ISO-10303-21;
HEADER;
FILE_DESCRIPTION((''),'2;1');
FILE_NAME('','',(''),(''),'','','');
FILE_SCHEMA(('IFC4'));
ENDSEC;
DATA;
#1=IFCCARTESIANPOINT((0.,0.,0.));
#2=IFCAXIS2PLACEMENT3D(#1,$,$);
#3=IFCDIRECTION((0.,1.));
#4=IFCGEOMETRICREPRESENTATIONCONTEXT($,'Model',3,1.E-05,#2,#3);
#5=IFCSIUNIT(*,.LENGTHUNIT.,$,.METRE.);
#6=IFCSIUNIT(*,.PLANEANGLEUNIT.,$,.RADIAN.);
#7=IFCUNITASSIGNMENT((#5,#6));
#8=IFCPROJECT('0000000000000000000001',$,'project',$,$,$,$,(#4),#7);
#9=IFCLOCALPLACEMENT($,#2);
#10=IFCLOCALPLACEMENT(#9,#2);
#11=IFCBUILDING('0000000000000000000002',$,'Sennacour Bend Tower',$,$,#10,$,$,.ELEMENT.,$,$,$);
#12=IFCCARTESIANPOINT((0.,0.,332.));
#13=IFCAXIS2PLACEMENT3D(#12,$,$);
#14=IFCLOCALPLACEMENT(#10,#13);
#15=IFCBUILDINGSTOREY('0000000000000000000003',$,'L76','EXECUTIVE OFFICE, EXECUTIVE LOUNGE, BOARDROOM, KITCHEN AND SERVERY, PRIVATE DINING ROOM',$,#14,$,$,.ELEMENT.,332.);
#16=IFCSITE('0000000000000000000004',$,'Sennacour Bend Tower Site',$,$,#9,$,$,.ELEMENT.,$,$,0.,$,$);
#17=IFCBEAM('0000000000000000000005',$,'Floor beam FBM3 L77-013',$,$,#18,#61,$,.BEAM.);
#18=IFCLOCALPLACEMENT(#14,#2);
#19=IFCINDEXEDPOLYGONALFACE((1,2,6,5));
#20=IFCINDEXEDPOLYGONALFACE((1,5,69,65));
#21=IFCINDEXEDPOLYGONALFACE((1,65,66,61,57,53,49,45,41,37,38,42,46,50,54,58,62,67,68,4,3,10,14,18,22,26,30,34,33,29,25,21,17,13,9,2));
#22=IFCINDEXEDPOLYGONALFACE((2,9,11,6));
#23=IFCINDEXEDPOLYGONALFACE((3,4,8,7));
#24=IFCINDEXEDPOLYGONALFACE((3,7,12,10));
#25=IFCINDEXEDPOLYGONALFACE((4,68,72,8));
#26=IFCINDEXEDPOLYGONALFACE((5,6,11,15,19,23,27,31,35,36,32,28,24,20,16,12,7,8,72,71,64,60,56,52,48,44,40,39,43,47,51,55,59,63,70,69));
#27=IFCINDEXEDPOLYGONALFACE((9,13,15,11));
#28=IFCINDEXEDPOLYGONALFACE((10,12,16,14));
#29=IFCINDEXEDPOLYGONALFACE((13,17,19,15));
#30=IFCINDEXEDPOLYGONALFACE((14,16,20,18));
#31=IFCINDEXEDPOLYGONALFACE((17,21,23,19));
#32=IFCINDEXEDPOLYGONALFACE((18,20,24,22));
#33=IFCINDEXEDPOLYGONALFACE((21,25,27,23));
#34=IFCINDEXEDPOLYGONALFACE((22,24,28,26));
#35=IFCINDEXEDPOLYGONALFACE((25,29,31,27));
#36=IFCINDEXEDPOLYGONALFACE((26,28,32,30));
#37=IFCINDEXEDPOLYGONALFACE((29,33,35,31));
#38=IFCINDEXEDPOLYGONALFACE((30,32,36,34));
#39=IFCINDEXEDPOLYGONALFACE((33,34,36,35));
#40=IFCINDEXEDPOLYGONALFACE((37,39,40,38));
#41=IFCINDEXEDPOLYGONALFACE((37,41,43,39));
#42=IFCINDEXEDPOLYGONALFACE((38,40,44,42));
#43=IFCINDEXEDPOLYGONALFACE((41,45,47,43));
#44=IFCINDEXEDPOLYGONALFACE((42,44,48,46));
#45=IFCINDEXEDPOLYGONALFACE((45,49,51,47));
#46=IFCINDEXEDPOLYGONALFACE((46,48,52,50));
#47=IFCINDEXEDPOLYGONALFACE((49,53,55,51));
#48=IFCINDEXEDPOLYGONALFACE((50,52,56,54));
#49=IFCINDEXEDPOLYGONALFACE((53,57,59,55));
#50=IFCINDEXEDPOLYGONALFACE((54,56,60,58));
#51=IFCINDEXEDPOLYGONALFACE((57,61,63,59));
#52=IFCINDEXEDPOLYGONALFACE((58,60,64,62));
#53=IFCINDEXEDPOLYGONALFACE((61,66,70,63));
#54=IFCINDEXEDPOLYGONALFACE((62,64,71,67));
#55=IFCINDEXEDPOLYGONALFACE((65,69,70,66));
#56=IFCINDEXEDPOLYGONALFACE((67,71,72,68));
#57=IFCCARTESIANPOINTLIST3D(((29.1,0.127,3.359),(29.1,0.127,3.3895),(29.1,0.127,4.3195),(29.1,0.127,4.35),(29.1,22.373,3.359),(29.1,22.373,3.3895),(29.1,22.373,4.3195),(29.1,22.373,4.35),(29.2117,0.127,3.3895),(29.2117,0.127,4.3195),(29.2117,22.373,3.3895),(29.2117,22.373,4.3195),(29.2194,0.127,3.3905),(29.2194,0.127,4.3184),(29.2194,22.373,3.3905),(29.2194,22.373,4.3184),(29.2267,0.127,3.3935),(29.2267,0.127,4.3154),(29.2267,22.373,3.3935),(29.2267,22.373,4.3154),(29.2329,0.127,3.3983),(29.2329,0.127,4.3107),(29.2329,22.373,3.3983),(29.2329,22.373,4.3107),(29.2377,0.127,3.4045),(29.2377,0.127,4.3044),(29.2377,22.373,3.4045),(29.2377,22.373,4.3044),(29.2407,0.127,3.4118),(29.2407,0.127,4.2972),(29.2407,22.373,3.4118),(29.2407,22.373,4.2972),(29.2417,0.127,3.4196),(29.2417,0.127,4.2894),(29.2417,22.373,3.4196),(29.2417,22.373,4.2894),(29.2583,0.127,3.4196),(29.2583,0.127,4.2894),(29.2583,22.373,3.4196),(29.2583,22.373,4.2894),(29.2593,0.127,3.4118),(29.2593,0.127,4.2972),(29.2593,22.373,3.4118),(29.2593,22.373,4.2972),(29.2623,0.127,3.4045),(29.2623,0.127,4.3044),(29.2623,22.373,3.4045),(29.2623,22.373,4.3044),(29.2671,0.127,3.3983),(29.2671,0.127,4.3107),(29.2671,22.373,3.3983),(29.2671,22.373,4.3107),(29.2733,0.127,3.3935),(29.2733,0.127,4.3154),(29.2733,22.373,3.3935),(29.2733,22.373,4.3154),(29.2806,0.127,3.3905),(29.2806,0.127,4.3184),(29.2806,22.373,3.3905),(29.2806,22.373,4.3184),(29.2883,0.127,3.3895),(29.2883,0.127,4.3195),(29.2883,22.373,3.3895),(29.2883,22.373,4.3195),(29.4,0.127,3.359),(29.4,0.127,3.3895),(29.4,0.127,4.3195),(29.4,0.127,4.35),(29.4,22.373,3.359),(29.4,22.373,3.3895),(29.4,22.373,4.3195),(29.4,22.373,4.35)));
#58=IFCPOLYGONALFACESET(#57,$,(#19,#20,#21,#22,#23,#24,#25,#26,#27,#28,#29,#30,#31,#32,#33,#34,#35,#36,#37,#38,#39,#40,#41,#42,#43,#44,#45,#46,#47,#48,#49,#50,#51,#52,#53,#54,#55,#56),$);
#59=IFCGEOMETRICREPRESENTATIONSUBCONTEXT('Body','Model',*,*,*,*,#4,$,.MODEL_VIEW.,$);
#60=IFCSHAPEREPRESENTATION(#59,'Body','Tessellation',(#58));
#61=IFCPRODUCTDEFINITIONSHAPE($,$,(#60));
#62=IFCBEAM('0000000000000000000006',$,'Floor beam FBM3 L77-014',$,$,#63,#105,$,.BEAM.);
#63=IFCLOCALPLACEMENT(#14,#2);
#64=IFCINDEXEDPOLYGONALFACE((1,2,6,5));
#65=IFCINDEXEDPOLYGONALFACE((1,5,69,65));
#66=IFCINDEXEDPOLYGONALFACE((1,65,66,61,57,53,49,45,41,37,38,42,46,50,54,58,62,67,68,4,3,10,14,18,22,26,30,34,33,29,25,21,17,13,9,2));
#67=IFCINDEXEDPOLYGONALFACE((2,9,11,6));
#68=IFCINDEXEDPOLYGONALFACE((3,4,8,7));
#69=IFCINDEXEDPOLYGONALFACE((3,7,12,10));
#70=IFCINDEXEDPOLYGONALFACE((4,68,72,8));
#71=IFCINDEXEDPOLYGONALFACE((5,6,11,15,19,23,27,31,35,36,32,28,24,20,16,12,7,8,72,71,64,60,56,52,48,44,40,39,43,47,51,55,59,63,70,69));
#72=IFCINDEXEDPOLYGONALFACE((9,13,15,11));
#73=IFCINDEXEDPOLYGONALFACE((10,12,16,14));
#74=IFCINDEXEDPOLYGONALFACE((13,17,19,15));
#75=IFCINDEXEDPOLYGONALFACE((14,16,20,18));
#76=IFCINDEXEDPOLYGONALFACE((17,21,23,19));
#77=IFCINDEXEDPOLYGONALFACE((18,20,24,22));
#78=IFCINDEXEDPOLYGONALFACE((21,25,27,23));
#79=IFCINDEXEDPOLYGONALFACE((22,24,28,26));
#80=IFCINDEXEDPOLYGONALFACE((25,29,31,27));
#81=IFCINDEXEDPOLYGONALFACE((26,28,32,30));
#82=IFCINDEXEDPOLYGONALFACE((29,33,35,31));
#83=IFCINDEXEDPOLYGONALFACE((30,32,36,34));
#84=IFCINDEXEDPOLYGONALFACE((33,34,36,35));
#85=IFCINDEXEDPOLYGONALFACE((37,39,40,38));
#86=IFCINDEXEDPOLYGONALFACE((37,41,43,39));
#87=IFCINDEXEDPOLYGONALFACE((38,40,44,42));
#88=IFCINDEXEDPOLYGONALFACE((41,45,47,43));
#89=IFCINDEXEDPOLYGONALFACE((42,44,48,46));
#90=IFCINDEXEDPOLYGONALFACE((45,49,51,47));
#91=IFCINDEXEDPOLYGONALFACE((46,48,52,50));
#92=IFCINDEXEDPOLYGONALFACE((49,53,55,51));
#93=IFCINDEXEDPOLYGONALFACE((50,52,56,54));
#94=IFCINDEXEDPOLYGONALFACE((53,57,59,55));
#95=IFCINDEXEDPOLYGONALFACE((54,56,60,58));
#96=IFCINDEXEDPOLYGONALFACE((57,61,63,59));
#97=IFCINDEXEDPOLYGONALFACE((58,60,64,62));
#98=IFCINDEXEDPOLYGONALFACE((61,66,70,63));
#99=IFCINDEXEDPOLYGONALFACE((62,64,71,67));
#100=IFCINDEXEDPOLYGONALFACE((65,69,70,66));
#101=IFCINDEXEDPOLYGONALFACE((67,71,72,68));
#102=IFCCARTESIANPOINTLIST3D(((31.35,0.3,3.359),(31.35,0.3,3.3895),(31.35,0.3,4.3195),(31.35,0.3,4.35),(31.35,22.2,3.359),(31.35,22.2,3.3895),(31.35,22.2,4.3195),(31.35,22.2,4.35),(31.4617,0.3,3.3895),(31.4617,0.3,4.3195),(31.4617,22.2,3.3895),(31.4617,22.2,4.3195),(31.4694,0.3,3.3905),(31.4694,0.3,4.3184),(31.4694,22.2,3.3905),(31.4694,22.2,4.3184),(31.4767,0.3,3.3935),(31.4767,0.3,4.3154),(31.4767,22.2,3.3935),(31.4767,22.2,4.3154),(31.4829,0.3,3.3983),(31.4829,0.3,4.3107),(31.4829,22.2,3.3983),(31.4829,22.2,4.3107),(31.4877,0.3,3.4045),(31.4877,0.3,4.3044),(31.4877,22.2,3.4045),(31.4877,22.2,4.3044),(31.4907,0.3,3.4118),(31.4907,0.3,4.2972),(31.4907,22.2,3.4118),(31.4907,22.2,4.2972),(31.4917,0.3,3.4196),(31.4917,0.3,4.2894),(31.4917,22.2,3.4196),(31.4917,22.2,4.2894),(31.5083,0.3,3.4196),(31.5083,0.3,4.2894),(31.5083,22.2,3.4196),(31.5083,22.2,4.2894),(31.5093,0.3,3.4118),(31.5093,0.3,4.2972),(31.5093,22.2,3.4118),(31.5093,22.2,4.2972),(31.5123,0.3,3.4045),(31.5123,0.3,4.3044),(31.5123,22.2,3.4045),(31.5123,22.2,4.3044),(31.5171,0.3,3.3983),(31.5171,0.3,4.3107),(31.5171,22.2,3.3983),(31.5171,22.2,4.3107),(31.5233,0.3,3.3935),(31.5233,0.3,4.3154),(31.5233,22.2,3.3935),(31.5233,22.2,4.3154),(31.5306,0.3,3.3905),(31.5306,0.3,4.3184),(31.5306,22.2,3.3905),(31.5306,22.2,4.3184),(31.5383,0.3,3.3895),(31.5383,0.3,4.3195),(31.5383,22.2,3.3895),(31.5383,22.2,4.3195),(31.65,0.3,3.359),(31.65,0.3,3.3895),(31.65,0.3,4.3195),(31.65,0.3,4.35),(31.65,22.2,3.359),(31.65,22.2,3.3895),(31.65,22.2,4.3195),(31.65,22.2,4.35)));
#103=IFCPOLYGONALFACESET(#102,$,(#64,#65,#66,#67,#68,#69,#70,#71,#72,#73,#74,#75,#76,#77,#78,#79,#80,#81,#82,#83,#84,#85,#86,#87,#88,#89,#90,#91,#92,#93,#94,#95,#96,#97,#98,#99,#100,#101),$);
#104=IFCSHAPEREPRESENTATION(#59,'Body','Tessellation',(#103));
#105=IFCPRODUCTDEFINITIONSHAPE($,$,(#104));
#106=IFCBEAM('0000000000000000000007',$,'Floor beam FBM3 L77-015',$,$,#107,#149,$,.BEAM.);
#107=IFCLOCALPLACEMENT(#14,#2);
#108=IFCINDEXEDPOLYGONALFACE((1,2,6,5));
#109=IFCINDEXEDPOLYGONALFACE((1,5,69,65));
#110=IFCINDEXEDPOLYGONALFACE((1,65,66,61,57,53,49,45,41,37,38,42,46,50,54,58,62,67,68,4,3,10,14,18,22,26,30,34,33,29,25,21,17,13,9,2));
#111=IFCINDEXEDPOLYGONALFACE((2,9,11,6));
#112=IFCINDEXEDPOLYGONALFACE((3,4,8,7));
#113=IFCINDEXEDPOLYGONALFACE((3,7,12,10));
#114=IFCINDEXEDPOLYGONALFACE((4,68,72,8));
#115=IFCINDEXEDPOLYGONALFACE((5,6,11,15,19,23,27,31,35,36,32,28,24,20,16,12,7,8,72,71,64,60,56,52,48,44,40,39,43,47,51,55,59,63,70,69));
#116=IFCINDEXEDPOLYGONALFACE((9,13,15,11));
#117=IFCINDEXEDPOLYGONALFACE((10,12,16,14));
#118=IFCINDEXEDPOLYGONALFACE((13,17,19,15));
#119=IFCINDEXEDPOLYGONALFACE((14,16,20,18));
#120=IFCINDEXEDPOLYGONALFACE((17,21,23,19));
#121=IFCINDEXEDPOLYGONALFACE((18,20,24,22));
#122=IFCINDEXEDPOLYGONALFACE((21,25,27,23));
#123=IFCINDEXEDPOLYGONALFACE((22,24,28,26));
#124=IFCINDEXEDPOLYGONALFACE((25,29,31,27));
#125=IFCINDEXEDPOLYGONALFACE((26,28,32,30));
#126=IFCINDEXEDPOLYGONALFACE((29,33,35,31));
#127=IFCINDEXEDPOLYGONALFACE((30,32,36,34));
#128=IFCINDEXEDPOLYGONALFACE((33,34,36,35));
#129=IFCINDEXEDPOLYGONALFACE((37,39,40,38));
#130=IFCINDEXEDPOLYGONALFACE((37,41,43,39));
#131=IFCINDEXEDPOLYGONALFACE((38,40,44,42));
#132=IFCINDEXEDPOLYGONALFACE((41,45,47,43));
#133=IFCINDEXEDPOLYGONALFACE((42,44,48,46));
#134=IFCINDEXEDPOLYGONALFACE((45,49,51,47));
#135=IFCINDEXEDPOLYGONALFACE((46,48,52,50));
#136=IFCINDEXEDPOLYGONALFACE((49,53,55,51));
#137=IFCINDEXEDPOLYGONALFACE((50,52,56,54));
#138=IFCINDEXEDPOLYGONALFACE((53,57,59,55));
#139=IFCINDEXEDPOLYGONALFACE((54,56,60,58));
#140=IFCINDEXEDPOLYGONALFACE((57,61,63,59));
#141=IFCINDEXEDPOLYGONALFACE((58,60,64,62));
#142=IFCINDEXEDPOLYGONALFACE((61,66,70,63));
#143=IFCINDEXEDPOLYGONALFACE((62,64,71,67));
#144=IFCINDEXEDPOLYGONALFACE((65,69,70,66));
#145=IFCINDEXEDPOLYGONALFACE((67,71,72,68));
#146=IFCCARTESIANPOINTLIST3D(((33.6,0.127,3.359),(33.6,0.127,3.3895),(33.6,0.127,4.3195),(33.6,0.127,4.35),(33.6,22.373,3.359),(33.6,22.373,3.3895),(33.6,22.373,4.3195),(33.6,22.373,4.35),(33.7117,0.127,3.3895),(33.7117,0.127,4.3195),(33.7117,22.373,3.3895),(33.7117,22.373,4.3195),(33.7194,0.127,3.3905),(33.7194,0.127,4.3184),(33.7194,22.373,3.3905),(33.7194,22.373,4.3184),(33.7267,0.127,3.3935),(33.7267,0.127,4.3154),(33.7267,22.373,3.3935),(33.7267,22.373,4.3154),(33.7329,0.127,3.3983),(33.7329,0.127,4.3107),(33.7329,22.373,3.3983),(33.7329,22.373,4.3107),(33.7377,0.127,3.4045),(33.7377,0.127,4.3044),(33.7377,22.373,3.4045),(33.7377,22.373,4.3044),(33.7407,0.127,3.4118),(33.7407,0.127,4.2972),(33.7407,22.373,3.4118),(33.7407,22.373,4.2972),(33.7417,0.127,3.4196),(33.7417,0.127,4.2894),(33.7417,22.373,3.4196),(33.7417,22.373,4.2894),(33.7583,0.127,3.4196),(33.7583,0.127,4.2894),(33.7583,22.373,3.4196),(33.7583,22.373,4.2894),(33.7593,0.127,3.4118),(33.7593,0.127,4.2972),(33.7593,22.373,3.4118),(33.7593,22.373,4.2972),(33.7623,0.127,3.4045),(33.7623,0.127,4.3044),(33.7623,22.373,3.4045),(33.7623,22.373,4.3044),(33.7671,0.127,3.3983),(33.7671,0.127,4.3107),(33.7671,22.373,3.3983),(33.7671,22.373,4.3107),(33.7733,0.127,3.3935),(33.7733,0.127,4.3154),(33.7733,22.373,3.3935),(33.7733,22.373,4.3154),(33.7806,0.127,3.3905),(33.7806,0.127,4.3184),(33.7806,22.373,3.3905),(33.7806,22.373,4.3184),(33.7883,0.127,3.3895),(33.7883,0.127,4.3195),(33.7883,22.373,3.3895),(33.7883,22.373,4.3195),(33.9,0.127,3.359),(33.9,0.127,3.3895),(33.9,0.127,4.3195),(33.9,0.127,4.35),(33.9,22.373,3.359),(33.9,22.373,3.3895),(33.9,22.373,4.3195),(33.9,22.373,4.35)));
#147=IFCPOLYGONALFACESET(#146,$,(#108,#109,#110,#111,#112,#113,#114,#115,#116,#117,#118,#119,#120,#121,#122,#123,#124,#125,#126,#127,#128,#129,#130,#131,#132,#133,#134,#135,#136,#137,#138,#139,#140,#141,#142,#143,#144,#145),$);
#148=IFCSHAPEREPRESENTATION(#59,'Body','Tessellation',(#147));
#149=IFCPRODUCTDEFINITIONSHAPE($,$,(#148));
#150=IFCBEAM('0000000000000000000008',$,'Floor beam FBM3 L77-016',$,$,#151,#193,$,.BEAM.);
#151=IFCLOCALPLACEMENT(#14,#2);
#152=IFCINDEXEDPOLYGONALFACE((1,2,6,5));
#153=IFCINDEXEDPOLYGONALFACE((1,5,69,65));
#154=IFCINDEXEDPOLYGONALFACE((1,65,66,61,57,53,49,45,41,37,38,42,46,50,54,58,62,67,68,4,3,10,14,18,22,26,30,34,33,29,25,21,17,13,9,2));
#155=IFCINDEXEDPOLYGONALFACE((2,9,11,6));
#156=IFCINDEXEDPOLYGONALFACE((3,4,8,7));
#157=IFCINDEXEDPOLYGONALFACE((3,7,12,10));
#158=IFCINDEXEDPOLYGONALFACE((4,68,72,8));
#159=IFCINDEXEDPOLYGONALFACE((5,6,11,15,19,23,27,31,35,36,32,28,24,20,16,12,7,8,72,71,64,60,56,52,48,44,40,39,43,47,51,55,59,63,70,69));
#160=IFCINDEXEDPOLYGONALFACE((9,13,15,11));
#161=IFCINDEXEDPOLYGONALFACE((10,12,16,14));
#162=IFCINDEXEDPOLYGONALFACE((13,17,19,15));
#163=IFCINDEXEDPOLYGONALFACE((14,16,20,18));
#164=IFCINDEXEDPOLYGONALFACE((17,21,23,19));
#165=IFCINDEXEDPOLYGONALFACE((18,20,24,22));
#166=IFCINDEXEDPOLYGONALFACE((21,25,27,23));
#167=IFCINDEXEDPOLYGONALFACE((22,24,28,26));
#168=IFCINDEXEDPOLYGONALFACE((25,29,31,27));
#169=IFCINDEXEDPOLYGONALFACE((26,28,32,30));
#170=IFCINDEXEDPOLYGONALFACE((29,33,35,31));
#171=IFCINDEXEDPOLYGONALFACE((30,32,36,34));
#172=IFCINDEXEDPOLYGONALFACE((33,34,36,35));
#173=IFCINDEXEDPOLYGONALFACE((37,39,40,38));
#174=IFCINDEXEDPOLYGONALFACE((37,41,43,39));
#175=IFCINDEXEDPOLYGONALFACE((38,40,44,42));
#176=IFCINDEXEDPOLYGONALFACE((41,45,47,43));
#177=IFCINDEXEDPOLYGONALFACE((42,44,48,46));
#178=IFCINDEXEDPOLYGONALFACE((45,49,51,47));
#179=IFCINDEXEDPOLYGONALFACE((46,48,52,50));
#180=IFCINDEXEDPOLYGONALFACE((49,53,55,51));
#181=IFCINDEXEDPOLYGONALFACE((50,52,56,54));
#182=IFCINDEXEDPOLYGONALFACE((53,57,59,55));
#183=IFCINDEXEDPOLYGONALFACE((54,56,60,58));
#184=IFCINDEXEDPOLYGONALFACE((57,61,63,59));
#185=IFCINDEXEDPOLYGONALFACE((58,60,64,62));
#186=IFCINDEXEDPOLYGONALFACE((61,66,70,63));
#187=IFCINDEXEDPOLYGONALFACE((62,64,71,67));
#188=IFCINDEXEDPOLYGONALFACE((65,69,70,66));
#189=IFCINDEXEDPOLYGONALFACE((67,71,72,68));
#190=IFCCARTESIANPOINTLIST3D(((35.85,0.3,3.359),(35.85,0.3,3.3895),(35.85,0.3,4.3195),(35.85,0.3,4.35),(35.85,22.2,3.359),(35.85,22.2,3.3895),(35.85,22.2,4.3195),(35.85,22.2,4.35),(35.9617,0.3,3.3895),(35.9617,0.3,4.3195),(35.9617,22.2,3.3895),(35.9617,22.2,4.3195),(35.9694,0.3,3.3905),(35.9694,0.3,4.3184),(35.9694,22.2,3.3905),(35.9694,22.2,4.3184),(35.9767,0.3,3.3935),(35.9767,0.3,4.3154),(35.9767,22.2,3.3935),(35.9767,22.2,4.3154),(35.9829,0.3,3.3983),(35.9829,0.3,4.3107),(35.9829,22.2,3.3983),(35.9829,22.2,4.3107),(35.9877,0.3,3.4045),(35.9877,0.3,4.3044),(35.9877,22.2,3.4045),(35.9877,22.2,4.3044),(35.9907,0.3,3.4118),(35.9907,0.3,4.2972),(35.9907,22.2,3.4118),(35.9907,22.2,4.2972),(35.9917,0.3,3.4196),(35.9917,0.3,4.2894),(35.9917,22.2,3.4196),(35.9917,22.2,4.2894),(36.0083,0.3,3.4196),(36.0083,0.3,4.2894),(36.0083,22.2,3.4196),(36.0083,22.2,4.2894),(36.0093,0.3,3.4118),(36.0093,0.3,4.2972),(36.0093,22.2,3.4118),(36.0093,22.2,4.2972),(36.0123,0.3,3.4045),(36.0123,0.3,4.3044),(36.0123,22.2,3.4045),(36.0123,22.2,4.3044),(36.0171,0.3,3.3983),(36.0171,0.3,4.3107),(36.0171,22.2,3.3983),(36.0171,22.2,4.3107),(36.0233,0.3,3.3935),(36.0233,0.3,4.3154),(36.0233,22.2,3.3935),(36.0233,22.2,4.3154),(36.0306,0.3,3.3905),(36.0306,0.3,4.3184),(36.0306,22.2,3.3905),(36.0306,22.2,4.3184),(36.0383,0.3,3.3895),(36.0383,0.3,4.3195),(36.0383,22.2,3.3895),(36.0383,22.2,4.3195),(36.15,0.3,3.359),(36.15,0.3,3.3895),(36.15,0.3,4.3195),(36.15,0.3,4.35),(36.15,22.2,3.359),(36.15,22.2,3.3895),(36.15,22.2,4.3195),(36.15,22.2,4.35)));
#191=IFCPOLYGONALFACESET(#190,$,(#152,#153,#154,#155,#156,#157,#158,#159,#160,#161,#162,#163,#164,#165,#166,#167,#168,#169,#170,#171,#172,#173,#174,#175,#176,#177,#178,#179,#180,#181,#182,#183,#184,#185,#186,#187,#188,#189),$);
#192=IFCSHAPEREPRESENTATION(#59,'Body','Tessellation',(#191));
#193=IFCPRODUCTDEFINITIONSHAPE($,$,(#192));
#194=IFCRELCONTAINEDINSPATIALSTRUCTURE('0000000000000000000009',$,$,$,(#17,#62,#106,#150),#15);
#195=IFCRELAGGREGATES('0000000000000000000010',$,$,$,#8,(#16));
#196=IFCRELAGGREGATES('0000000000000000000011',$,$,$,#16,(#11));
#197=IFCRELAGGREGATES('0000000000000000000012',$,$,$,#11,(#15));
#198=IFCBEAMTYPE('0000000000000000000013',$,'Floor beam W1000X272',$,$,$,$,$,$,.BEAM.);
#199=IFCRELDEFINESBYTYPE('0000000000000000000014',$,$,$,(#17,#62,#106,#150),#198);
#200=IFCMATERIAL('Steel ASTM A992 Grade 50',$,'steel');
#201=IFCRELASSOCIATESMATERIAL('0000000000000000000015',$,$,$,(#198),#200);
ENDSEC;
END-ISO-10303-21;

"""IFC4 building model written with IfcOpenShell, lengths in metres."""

from ifc_helpers import new_model, si_unit, direction, frame, origin, origin_2d, place, context, subcontext, project, spatial, i_section, extrude, material, material_profile, profile_set, type_object, element, save


model = new_model("IFC4")

# Units and contexts
model_context = context("Model", 3, precision=1e-05, world=origin(), true_north=direction((0.0, 1.0)))
body_context = subcontext(model_context, "Body", "Model", "MODEL_VIEW")
ifc_project = project(units=[si_unit("LENGTHUNIT", "METRE"), si_unit("PLANEANGLEUNIT", "RADIAN")], contexts=[model_context])

# Site, building, storey
site_placement = place(None, origin())
site = spatial("IfcSite", under=ifc_project, at=site_placement, Name="Sennacour Bend Tower Site", CompositionType="ELEMENT", RefElevation=0.0)
building_placement = place(site_placement, origin())
building = spatial("IfcBuilding", under=site, at=building_placement, Name="Sennacour Bend Tower", CompositionType="ELEMENT")
storey_placement = place(building_placement, frame((0.0, 0.0, 332.0)))
storey = spatial("IfcBuildingStorey", under=building, at=storey_placement, Name="L76", Description="EXECUTIVE OFFICE, EXECUTIVE LOUNGE, BOARDROOM, KITCHEN AND SERVERY, PRIVATE DINING ROOM", CompositionType="ELEMENT", Elevation=332.0)

# Beams
ifc_material_1 = material(Name="Steel ASTM A992 Grade 50", Category="steel")
ifc_material_profile_1 = material_profile(ifc_material_1, i_section(OverallWidth=0.3, OverallDepth=0.991, WebThickness=0.0166, FlangeThickness=0.0305, FilletRadius=0.03, at=origin_2d()), Name="Steel ASTM A992 Grade 50", Category="steel")
ifc_profile_set_1 = profile_set([ifc_material_profile_1], Name="Steel ASTM A992 Grade 50")
beam_type_1 = type_object("IfcBeamType", Name="Floor beam W1000X272", PredefinedType="BEAM", material=ifc_profile_set_1)
beam_1_placement = place(storey_placement, frame((29.25, 0.127, 3.8545), z_axis=(0.0, 1.0, 0.0), x_axis=(-1.0, 0.0, 0.0)))
element("IfcBeam", 1, at=beam_1_placement, inside=storey, type_object=beam_type_1, Name="Floor beam FBM3 L77-013", PredefinedType="BEAM", context=body_context, shape_type="SweptSolid", body=[
    extrude(i_section(OverallWidth=0.3, OverallDepth=0.991, WebThickness=0.0166, FlangeThickness=0.0305, FilletRadius=0.03, at=origin_2d()), origin(), (0.0, 0.0, 1.0), 22.2461),
])
beam_2_placement = place(storey_placement, frame((31.5, 0.3, 3.8545), z_axis=(0.0, 1.0, 0.0), x_axis=(-1.0, 0.0, 0.0)))
element("IfcBeam", 2, at=beam_2_placement, inside=storey, type_object=beam_type_1, Name="Floor beam FBM3 L77-014", PredefinedType="BEAM", context=body_context, shape_type="SweptSolid", body=[
    extrude(i_section(OverallWidth=0.3, OverallDepth=0.991, WebThickness=0.0166, FlangeThickness=0.0305, FilletRadius=0.03, at=origin_2d()), origin(), (0.0, 0.0, 1.0), 21.8999),
])
beam_3_placement = place(storey_placement, frame((33.75, 0.127, 3.8545), z_axis=(0.0, 1.0, 0.0), x_axis=(-1.0, 0.0, 0.0)))
element("IfcBeam", 3, at=beam_3_placement, inside=storey, type_object=beam_type_1, Name="Floor beam FBM3 L77-015", PredefinedType="BEAM", context=body_context, shape_type="SweptSolid", body=[
    extrude(i_section(OverallWidth=0.3, OverallDepth=0.991, WebThickness=0.0166, FlangeThickness=0.0305, FilletRadius=0.03, at=origin_2d()), origin(), (0.0, 0.0, 1.0), 22.2461),
])
beam_4_placement = place(storey_placement, frame((36.0, 0.3, 3.8545), z_axis=(0.0, 1.0, 0.0), x_axis=(-1.0, 0.0, 0.0)))
element("IfcBeam", 4, at=beam_4_placement, inside=storey, type_object=beam_type_1, Name="Floor beam FBM3 L77-016", PredefinedType="BEAM", context=body_context, shape_type="SweptSolid", body=[
    extrude(i_section(OverallWidth=0.3, OverallDepth=0.991, WebThickness=0.0166, FlangeThickness=0.0305, FilletRadius=0.03, at=origin_2d()), origin(), (0.0, 0.0, 1.0), 21.8999),
])

save(model, "model.ifc")
